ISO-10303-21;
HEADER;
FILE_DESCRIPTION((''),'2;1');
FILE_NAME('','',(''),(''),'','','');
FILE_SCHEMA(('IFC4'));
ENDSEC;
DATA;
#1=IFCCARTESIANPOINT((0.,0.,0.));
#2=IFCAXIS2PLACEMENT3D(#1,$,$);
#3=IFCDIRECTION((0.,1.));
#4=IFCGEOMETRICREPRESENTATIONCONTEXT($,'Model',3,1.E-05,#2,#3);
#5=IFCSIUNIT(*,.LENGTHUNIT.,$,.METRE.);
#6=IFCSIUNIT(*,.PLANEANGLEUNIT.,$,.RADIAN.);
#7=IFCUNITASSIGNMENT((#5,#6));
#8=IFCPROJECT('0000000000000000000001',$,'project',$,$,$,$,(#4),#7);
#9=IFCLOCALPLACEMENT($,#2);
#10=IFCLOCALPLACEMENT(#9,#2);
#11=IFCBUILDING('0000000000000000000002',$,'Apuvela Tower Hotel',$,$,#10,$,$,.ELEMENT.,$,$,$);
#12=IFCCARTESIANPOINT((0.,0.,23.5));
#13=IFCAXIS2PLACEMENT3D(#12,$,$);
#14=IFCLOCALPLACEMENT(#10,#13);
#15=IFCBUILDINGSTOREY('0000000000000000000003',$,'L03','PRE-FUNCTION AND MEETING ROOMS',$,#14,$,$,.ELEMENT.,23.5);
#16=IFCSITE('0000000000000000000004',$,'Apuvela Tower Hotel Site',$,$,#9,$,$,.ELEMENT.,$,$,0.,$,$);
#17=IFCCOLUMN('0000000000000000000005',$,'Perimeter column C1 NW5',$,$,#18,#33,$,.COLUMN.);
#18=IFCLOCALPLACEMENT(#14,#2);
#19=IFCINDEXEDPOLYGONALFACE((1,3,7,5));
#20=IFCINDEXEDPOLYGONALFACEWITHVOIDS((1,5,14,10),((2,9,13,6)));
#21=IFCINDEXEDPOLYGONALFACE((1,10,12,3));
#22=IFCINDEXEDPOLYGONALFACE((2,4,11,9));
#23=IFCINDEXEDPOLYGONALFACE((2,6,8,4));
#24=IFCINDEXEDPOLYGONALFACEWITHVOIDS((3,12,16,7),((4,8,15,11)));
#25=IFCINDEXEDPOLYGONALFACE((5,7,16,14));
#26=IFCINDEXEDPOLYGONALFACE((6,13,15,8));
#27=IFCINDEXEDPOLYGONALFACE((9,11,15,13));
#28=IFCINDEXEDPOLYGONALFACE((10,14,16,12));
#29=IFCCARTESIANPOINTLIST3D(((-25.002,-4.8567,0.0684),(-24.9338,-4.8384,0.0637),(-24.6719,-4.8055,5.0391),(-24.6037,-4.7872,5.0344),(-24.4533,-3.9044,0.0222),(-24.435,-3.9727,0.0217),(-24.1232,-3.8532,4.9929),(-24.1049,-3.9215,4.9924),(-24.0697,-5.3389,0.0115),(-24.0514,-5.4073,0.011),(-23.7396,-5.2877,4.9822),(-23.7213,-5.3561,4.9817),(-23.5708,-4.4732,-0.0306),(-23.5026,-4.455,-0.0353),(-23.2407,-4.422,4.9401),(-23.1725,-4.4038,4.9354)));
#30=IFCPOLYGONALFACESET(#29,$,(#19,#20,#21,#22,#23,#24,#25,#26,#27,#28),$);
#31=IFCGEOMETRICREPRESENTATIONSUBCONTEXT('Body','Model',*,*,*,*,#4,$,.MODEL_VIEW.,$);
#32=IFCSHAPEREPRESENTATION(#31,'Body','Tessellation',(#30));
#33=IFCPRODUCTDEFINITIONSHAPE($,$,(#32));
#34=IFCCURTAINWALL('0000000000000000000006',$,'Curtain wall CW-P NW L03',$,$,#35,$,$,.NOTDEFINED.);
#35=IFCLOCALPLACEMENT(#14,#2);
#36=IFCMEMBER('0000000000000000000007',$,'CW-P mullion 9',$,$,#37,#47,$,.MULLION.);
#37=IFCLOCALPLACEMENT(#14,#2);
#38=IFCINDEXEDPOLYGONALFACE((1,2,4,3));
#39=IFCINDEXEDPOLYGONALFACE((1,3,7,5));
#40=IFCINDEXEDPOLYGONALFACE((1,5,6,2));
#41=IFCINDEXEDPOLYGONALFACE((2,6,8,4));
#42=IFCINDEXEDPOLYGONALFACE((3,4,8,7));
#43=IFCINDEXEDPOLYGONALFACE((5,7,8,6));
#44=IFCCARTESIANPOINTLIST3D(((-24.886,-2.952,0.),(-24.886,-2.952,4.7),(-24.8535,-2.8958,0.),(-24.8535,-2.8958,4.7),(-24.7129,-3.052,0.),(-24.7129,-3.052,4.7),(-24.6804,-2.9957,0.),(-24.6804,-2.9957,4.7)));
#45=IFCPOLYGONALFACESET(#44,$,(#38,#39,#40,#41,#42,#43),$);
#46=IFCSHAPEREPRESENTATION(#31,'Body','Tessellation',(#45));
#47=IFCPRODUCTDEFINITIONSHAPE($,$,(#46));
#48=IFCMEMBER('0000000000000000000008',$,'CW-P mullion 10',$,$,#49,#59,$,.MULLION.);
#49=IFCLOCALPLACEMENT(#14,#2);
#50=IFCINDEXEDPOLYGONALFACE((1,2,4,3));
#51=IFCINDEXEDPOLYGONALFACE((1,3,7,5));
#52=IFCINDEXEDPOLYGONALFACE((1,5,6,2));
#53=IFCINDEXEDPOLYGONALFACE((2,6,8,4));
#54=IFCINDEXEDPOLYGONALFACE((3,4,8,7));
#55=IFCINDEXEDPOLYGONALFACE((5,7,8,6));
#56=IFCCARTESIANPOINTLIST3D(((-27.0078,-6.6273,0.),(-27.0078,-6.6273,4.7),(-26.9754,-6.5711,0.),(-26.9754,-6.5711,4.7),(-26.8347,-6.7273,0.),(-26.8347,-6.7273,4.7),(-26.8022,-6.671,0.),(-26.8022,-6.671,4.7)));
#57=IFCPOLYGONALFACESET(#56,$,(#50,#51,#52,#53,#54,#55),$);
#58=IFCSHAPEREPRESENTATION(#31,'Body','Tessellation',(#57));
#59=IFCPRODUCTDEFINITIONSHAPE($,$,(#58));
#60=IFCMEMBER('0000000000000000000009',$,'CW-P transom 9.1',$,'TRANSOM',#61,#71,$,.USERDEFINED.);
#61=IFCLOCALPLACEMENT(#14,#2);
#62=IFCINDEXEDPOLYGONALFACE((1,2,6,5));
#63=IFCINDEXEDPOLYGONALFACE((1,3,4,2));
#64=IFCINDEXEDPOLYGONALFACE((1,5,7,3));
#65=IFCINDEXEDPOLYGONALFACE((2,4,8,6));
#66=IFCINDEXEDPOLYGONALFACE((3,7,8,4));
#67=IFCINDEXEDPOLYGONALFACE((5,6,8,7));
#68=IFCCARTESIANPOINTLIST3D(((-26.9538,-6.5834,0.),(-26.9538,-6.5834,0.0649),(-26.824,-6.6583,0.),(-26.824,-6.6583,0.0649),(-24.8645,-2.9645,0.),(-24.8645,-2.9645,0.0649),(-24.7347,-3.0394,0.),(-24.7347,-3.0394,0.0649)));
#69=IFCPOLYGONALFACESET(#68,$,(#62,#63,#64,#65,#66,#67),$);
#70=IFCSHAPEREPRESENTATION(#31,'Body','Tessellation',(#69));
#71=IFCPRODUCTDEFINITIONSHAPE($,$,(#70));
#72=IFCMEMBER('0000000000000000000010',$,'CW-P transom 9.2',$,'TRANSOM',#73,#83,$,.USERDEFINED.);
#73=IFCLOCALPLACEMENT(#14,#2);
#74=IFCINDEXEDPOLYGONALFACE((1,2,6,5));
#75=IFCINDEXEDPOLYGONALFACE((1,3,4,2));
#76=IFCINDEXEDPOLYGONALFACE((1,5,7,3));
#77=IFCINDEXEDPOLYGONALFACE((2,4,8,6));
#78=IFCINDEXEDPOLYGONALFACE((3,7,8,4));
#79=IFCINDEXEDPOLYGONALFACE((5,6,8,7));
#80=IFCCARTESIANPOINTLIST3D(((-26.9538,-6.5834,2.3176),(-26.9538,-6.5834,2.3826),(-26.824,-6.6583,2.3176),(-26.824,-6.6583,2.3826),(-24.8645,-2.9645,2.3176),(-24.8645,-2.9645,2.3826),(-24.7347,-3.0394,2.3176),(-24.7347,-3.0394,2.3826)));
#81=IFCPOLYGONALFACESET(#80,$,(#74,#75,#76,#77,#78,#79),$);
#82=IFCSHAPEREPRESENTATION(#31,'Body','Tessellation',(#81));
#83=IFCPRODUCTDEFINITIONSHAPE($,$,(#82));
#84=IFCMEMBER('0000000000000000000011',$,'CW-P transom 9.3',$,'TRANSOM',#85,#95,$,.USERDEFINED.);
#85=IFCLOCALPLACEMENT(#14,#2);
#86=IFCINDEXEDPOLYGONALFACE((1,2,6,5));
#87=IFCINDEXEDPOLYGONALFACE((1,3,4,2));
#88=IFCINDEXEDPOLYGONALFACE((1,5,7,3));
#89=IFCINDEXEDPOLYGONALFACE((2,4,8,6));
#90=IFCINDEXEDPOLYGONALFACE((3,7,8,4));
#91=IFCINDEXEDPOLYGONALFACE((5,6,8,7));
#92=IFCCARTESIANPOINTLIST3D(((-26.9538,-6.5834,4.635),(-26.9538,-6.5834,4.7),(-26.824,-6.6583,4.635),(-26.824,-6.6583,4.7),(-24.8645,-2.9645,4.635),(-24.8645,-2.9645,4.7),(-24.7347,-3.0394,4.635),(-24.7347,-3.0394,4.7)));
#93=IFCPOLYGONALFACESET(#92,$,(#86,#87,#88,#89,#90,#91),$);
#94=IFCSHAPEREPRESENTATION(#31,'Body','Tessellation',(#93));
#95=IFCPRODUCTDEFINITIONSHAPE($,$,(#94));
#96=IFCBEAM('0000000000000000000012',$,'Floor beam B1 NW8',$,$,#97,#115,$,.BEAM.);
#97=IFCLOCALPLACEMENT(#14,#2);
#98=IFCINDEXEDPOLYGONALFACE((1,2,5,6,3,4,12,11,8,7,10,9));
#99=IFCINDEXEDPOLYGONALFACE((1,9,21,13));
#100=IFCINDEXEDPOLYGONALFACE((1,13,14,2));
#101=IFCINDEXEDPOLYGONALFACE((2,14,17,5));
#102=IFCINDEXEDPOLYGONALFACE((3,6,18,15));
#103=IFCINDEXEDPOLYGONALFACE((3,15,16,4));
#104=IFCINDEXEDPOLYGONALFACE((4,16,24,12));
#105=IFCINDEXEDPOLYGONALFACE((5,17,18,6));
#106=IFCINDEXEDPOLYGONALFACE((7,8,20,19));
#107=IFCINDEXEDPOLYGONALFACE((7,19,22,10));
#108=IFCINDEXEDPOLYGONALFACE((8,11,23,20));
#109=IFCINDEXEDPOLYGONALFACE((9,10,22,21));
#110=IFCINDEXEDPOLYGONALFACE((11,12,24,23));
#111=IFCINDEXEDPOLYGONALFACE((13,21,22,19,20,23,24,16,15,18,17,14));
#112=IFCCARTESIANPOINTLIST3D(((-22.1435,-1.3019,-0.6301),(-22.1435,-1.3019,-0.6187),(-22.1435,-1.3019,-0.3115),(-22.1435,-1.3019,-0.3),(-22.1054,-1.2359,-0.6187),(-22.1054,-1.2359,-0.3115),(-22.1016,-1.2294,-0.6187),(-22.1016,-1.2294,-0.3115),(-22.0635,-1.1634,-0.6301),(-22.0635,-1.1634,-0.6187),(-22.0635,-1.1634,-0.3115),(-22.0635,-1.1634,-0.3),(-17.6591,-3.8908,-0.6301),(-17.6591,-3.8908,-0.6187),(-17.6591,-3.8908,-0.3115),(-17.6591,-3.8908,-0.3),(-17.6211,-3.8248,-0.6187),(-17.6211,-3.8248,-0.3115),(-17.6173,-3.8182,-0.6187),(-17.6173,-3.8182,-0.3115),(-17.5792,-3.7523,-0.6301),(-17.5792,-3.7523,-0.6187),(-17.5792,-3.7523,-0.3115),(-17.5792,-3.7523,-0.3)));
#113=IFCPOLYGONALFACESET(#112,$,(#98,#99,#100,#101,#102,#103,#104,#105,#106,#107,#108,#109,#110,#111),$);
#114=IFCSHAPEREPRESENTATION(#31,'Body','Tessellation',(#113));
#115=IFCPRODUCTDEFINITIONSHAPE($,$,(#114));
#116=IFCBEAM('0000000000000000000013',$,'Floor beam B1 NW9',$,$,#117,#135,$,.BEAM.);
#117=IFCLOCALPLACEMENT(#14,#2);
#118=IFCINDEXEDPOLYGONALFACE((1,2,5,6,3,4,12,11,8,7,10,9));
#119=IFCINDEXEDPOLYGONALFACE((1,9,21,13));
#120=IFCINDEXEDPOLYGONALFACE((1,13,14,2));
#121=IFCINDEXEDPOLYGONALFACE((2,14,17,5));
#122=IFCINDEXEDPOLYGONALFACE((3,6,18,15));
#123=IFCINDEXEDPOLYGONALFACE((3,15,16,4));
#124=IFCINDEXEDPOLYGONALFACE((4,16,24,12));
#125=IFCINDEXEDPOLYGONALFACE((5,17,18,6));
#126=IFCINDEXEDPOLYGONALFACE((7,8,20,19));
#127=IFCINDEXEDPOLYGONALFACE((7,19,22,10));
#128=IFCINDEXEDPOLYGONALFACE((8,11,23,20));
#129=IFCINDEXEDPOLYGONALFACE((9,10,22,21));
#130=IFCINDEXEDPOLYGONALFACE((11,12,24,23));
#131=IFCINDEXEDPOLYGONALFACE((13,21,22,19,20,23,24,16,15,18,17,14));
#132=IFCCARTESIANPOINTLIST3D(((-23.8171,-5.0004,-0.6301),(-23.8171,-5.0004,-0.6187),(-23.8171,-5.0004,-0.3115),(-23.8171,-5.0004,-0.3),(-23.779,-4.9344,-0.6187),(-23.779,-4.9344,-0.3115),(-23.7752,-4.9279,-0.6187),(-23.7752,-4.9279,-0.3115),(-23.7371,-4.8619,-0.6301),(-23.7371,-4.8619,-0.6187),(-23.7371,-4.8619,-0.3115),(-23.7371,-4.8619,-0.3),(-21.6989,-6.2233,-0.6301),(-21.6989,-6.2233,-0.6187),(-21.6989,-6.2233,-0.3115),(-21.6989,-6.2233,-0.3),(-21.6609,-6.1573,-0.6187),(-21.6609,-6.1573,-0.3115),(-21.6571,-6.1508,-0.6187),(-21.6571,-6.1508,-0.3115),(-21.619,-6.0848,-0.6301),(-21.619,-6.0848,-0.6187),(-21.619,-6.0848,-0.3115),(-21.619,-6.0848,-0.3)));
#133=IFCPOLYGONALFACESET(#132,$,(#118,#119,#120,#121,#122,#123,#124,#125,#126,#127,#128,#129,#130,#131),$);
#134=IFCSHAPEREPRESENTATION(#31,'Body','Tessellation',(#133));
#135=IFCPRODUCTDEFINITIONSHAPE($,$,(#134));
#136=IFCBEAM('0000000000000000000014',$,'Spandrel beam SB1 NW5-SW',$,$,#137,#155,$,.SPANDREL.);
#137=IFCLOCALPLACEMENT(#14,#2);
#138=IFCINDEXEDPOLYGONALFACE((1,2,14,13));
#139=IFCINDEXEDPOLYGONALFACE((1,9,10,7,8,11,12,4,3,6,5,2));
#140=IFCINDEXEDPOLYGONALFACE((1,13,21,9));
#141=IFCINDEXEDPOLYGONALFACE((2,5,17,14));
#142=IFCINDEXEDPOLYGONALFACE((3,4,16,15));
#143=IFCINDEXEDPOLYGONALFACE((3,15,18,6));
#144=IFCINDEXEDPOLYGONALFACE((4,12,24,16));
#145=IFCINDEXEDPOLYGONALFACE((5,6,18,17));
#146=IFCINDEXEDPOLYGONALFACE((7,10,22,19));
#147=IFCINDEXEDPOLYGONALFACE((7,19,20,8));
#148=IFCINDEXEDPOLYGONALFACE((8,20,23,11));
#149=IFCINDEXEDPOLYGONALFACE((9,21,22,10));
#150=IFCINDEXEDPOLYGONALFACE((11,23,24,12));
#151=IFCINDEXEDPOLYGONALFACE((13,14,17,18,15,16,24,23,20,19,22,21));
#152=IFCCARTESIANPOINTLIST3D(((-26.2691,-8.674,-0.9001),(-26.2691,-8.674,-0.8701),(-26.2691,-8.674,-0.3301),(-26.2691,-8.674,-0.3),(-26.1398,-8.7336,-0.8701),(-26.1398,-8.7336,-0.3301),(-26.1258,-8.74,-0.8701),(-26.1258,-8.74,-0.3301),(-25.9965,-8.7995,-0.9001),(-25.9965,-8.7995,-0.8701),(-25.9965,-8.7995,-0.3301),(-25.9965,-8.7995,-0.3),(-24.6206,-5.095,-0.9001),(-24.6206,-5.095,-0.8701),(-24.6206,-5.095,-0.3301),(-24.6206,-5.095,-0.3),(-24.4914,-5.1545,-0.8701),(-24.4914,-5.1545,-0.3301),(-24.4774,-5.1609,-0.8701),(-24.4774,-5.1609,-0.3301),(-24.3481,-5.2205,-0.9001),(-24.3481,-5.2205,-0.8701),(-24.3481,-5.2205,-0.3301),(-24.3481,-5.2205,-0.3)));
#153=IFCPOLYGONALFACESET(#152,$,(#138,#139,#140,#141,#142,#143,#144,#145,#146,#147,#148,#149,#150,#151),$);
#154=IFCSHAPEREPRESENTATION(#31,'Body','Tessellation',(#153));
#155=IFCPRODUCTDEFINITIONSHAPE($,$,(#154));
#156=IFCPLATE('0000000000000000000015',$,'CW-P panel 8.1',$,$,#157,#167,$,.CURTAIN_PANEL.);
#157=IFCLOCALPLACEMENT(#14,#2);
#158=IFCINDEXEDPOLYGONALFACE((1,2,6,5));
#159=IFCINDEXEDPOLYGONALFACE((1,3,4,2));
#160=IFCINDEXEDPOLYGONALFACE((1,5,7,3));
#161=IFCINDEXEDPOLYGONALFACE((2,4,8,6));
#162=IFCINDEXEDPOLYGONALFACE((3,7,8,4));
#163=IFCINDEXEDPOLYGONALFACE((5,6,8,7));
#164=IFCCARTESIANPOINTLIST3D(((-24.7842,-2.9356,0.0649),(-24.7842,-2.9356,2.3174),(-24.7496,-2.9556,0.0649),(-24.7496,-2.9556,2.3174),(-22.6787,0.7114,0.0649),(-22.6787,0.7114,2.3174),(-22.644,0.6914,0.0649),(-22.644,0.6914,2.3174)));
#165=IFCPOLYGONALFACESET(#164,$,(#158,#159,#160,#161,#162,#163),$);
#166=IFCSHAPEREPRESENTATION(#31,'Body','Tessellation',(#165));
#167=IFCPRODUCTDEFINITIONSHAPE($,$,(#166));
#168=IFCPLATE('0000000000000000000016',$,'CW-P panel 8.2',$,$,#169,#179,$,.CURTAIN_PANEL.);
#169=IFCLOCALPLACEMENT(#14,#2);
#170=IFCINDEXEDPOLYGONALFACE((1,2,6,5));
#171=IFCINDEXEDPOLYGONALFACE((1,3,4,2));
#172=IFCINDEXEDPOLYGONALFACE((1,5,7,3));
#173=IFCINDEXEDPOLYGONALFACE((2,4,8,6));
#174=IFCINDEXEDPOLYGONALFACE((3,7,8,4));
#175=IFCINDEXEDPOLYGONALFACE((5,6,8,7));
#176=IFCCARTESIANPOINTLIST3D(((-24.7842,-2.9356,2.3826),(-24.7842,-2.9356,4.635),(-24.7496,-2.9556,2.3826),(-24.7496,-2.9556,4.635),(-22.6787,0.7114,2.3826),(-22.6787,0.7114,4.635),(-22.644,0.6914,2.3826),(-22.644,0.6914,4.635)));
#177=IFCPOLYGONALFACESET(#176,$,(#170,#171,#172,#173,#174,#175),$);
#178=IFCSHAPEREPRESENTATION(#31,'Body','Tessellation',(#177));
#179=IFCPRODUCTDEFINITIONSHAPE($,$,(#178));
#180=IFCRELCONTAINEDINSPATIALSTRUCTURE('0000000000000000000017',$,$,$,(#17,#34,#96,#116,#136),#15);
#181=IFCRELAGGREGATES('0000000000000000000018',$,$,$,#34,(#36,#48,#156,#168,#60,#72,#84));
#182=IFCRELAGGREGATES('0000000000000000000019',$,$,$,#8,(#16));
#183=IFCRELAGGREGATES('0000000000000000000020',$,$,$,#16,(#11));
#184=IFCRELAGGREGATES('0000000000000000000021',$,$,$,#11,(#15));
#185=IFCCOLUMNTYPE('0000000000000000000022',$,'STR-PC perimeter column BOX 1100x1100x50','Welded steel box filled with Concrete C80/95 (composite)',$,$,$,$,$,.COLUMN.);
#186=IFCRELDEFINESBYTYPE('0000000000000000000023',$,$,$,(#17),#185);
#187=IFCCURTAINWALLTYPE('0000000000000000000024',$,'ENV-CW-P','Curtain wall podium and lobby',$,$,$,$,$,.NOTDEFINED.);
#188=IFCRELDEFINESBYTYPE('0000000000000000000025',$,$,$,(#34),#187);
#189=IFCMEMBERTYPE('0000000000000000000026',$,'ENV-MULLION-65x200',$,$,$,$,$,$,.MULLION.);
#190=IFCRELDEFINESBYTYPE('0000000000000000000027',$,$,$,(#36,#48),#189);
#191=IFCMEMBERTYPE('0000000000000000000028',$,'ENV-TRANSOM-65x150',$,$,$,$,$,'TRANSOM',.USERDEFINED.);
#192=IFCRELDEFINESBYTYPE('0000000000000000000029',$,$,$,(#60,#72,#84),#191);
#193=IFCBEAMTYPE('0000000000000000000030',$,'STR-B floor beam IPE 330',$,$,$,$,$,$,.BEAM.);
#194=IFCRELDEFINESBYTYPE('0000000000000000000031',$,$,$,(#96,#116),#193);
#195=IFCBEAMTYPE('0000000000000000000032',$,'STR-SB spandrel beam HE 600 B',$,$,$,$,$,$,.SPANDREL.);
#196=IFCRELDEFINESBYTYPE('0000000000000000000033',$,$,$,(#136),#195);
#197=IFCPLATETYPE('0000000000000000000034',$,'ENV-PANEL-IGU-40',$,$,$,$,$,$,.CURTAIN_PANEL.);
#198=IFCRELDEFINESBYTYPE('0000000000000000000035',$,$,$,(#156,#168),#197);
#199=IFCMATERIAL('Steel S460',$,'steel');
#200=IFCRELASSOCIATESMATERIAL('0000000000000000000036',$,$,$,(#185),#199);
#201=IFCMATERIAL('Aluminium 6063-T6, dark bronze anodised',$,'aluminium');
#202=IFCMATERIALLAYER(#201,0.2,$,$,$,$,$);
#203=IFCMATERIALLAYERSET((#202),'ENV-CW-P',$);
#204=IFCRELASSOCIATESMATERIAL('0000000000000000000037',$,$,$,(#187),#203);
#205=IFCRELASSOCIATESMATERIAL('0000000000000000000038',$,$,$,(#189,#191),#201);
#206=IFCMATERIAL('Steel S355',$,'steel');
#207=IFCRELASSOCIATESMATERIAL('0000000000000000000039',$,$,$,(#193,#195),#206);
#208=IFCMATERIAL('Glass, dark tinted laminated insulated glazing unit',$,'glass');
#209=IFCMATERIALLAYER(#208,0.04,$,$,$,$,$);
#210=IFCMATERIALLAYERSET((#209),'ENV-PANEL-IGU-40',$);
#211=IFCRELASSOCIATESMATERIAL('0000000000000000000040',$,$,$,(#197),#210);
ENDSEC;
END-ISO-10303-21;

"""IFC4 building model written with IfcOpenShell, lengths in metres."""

from ifc_helpers import new_model, si_unit, direction, frame, origin, origin_2d, place, context, subcontext, project, spatial, rectangle, hollow_rectangle, i_section, extrude, boolean, halfspace, material, layer, layer_set, material_profile, profile_set, type_object, element, aggregate, save


model = new_model("IFC4")

# Units and contexts
model_context = context("Model", 3, precision=1e-05, world=origin(), true_north=direction((0.0, 1.0)))
body_context = subcontext(model_context, "Body", "Model", "MODEL_VIEW")
ifc_project = project(units=[si_unit("LENGTHUNIT", "METRE"), si_unit("PLANEANGLEUNIT", "RADIAN")], contexts=[model_context])

# Site, building, storey
site_placement = place(None, origin())
site = spatial("IfcSite", under=ifc_project, at=site_placement, Name="Apuvela Tower Hotel Site", CompositionType="ELEMENT", RefElevation=0.0)
building_placement = place(site_placement, origin())
building = spatial("IfcBuilding", under=site, at=building_placement, Name="Apuvela Tower Hotel", CompositionType="ELEMENT")
storey_placement = place(building_placement, frame((0.0, 0.0, 23.5)))
storey = spatial("IfcBuildingStorey", under=building, at=storey_placement, Name="L03", Description="PRE-FUNCTION AND MEETING ROOMS", CompositionType="ELEMENT", Elevation=23.5)

# Column
ifc_material_1 = material(Name="Steel S460", Category="steel")
ifc_material_profile_1 = material_profile(ifc_material_1, hollow_rectangle(XDim=1.1001, YDim=1.1001, WallThickness=0.05, at=origin_2d()), Name="BOX 1100x1100x50")
ifc_material_2 = material(Name="Concrete C80/95", Category="concrete")
ifc_material_profile_2 = material_profile(ifc_material_2, rectangle(XDim=1.0, YDim=1.0, at=origin_2d()), Name="Concrete C80/95 infill")
ifc_profile_set_1 = profile_set([ifc_material_profile_1, ifc_material_profile_2], Name="Steel S460")
column_type = type_object("IfcColumnType", Name="STR-PC perimeter column BOX 1100x1100x50", Description="Welded steel box filled with Concrete C80/95 (composite)", PredefinedType="COLUMN", material=ifc_profile_set_1)
column_placement = place(storey_placement, frame((-24.2534, -4.656, 0.0), z_axis=(0.066257, 0.01028, 0.99775), x_axis=(-0.498833, -0.865678, 0.042044)))
element("IfcColumn", 1, at=column_placement, inside=storey, type_object=column_type, Name="Perimeter column C1 NW5", PredefinedType="COLUMN", context=body_context, shape_type="SweptSolid", body=[
    boolean("DIFFERENCE", boolean("DIFFERENCE", extrude(hollow_rectangle(XDim=1.1001, YDim=1.1001, WallThickness=0.05, at=origin_2d()), origin(), (0.0, 0.0, 1.0), 5.0112), halfspace(frame((0.0, 0.0, 0.0166), z_axis=(0.0, 0.0, 1.0), x_axis=(1.0, 0.0, 0.0)), True)), halfspace(frame((0.0, 0.0, 4.9985), z_axis=(0.0, 0.0, 1.0), x_axis=(1.0, 0.0, 0.0)), False)),
])

# Curtain wall, members
ifc_material_3 = material(Name="Aluminium 6063-T6, dark bronze anodised", Category="aluminium")
ifc_layer_1 = layer(ifc_material_3, 0.2)
ifc_layer_set_1 = layer_set([ifc_layer_1], Name="ENV-CW-P")
curtain_wall_type = type_object("IfcCurtainWallType", Name="ENV-CW-P", Description="Curtain wall podium and lobby", PredefinedType="NOTDEFINED", material=ifc_layer_set_1)
curtain_wall_placement = place(storey_placement, origin())
curtain_wall = element("IfcCurtainWall", 2, at=curtain_wall_placement, inside=storey, type_object=curtain_wall_type, Name="Curtain wall CW-P NW L03", PredefinedType="NOTDEFINED")
ifc_material_profile_3 = material_profile(ifc_material_3, rectangle(XDim=0.2, YDim=0.0649, at=origin_2d()), Name="AL 65x200")
ifc_profile_set_2 = profile_set([ifc_material_profile_3], Name="Aluminium 6063-T6, dark bronze anodised")
member_type_1 = type_object("IfcMemberType", Name="ENV-MULLION-65x200", PredefinedType="MULLION", material=ifc_profile_set_2)
member_1_placement = place(storey_placement, frame((-24.7832, -2.9739, 0.0), z_axis=(0.0, 0.0, 1.0), x_axis=(0.866026, -0.5, 0.0)))
member_1 = element("IfcMember", 3, at=member_1_placement, type_object=member_type_1, Name="CW-P mullion 9", PredefinedType="MULLION", context=body_context, shape_type="SweptSolid", body=[
    extrude(rectangle(XDim=0.2, YDim=0.0649, at=origin_2d()), origin(), (0.0, 0.0, 1.0), 4.7),
])
member_2_placement = place(storey_placement, frame((-26.905, -6.6492, 0.0), z_axis=(0.0, 0.0, 1.0), x_axis=(0.866026, -0.5, 0.0)))
member_2 = element("IfcMember", 4, at=member_2_placement, type_object=member_type_1, Name="CW-P mullion 10", PredefinedType="MULLION", context=body_context, shape_type="SweptSolid", body=[
    extrude(rectangle(XDim=0.2, YDim=0.0649, at=origin_2d()), origin(), (0.0, 0.0, 1.0), 4.7),
])
ifc_material_profile_4 = material_profile(ifc_material_3, rectangle(XDim=0.1499, YDim=0.0649, at=origin_2d()), Name="AL 65x150 transom")
ifc_profile_set_3 = profile_set([ifc_material_profile_4], Name="Aluminium 6063-T6, dark bronze anodised")
member_type_2 = type_object("IfcMemberType", Name="ENV-TRANSOM-65x150", ElementType="TRANSOM", PredefinedType="USERDEFINED", material=ifc_profile_set_3)
member_3_placement = place(storey_placement, frame((-24.7996, -3.002, 0.0325), z_axis=(-0.499997, -0.866027, 0.0), x_axis=(0.866027, -0.499997, 0.0)))
member_3 = element("IfcMember", 5, at=member_3_placement, type_object=member_type_2, Name="CW-P transom 9.1", ObjectType="TRANSOM", PredefinedType="USERDEFINED", context=body_context, shape_type="SweptSolid", body=[
    extrude(rectangle(XDim=0.1499, YDim=0.0649, at=origin_2d()), origin(), (0.0, 0.0, 1.0), 4.1787),
])
member_4_placement = place(storey_placement, frame((-24.7996, -3.002, 2.3501), z_axis=(-0.499997, -0.866027, 0.0), x_axis=(0.866027, -0.499997, 0.0)))
member_4 = element("IfcMember", 6, at=member_4_placement, type_object=member_type_2, Name="CW-P transom 9.2", ObjectType="TRANSOM", PredefinedType="USERDEFINED", context=body_context, shape_type="SweptSolid", body=[
    extrude(rectangle(XDim=0.1499, YDim=0.0649, at=origin_2d()), origin(), (0.0, 0.0, 1.0), 4.1787),
])
member_5_placement = place(storey_placement, frame((-24.7996, -3.002, 4.6675), z_axis=(-0.499997, -0.866027, 0.0), x_axis=(0.866027, -0.499997, 0.0)))
member_5 = element("IfcMember", 7, at=member_5_placement, type_object=member_type_2, Name="CW-P transom 9.3", ObjectType="TRANSOM", PredefinedType="USERDEFINED", context=body_context, shape_type="SweptSolid", body=[
    extrude(rectangle(XDim=0.1499, YDim=0.0649, at=origin_2d()), origin(), (0.0, 0.0, 1.0), 4.1787),
])

# Beams
ifc_material_4 = material(Name="Steel S355", Category="steel")
ifc_material_profile_5 = material_profile(ifc_material_4, i_section(OverallWidth=0.1599, OverallDepth=0.3301, WebThickness=0.0076, FlangeThickness=0.0115, at=origin_2d()), Name="IPE 330")
ifc_profile_set_4 = profile_set([ifc_material_profile_5], Name="Steel S355")
beam_type_1 = type_object("IfcBeamType", Name="STR-B floor beam IPE 330", PredefinedType="BEAM", material=ifc_profile_set_4)
beam_1_placement = place(storey_placement, frame((-22.1035, -1.2327, -0.4651), z_axis=(0.866041, -0.499973, 0.0), x_axis=(0.499973, 0.866041, 0.0)))
element("IfcBeam", 8, at=beam_1_placement, inside=storey, type_object=beam_type_1, Name="Floor beam B1 NW8", PredefinedType="BEAM", context=body_context, shape_type="SweptSolid", body=[
    extrude(i_section(OverallWidth=0.1599, OverallDepth=0.3301, WebThickness=0.0076, FlangeThickness=0.0115, at=origin_2d()), origin(), (0.0, 0.0, 1.0), 5.178),
])
beam_2_placement = place(storey_placement, frame((-23.7771, -4.9312, -0.4651), z_axis=(0.866029, -0.499993, 0.0), x_axis=(0.499993, 0.866029, 0.0)))
element("IfcBeam", 9, at=beam_2_placement, inside=storey, type_object=beam_type_1, Name="Floor beam B1 NW9", PredefinedType="BEAM", context=body_context, shape_type="SweptSolid", body=[
    extrude(i_section(OverallWidth=0.1599, OverallDepth=0.3301, WebThickness=0.0076, FlangeThickness=0.0115, at=origin_2d()), origin(), (0.0, 0.0, 1.0), 2.4458),
])
ifc_material_profile_6 = material_profile(ifc_material_4, i_section(OverallWidth=0.3, OverallDepth=0.6001, WebThickness=0.0154, FlangeThickness=0.03, at=origin_2d()), Name="HE 600 B")
ifc_profile_set_5 = profile_set([ifc_material_profile_6], Name="Steel S355")
beam_type_2 = type_object("IfcBeamType", Name="STR-SB spandrel beam HE 600 B", PredefinedType="SPANDREL", material=ifc_profile_set_5)
beam_3_placement = place(storey_placement, frame((-24.4844, -5.1577, -0.6001), z_axis=(-0.418335, -0.908293, 0.0), x_axis=(0.908293, -0.418335, 0.0)))
element("IfcBeam", 10, at=beam_3_placement, inside=storey, type_object=beam_type_2, Name="Spandrel beam SB1 NW5-SW", PredefinedType="SPANDREL", context=body_context, shape_type="SweptSolid", body=[
    extrude(i_section(OverallWidth=0.3, OverallDepth=0.6001, WebThickness=0.0154, FlangeThickness=0.03, at=origin_2d()), origin(), (0.0, 0.0, 1.0), 3.9404),
])

# Plates
ifc_material_5 = material(Name="Glass, dark tinted laminated insulated glazing unit", Category="glass")
ifc_layer_2 = layer(ifc_material_5, 0.04)
ifc_layer_set_2 = layer_set([ifc_layer_2], Name="ENV-PANEL-IGU-40")
plate_type = type_object("IfcPlateType", Name="ENV-PANEL-IGU-40", PredefinedType="CURTAIN_PANEL", material=ifc_layer_set_2)
plate_1_placement = place(storey_placement, frame((-23.7141, -1.1221, 0.0649), z_axis=(0.0, 0.0, 1.0), x_axis=(-0.5, -0.866026, 0.0)))
plate_1 = element("IfcPlate", 11, at=plate_1_placement, type_object=plate_type, Name="CW-P panel 8.1", PredefinedType="CURTAIN_PANEL", context=body_context, shape_type="SweptSolid", body=[
    extrude(rectangle(XDim=4.2112, YDim=0.04, at=origin_2d()), origin(), (0.0, 0.0, 1.0), 2.2524),
])
plate_2_placement = place(storey_placement, frame((-23.7141, -1.1221, 2.3826), z_axis=(0.0, 0.0, 1.0), x_axis=(-0.5, -0.866026, 0.0)))
plate_2 = element("IfcPlate", 12, at=plate_2_placement, type_object=plate_type, Name="CW-P panel 8.2", PredefinedType="CURTAIN_PANEL", context=body_context, shape_type="SweptSolid", body=[
    extrude(rectangle(XDim=4.2112, YDim=0.04, at=origin_2d()), origin(), (0.0, 0.0, 1.0), 2.2524),
])
aggregate(curtain_wall, [member_1, member_2, plate_1, plate_2, member_3, member_4, member_5])

save(model, "model.ifc")
